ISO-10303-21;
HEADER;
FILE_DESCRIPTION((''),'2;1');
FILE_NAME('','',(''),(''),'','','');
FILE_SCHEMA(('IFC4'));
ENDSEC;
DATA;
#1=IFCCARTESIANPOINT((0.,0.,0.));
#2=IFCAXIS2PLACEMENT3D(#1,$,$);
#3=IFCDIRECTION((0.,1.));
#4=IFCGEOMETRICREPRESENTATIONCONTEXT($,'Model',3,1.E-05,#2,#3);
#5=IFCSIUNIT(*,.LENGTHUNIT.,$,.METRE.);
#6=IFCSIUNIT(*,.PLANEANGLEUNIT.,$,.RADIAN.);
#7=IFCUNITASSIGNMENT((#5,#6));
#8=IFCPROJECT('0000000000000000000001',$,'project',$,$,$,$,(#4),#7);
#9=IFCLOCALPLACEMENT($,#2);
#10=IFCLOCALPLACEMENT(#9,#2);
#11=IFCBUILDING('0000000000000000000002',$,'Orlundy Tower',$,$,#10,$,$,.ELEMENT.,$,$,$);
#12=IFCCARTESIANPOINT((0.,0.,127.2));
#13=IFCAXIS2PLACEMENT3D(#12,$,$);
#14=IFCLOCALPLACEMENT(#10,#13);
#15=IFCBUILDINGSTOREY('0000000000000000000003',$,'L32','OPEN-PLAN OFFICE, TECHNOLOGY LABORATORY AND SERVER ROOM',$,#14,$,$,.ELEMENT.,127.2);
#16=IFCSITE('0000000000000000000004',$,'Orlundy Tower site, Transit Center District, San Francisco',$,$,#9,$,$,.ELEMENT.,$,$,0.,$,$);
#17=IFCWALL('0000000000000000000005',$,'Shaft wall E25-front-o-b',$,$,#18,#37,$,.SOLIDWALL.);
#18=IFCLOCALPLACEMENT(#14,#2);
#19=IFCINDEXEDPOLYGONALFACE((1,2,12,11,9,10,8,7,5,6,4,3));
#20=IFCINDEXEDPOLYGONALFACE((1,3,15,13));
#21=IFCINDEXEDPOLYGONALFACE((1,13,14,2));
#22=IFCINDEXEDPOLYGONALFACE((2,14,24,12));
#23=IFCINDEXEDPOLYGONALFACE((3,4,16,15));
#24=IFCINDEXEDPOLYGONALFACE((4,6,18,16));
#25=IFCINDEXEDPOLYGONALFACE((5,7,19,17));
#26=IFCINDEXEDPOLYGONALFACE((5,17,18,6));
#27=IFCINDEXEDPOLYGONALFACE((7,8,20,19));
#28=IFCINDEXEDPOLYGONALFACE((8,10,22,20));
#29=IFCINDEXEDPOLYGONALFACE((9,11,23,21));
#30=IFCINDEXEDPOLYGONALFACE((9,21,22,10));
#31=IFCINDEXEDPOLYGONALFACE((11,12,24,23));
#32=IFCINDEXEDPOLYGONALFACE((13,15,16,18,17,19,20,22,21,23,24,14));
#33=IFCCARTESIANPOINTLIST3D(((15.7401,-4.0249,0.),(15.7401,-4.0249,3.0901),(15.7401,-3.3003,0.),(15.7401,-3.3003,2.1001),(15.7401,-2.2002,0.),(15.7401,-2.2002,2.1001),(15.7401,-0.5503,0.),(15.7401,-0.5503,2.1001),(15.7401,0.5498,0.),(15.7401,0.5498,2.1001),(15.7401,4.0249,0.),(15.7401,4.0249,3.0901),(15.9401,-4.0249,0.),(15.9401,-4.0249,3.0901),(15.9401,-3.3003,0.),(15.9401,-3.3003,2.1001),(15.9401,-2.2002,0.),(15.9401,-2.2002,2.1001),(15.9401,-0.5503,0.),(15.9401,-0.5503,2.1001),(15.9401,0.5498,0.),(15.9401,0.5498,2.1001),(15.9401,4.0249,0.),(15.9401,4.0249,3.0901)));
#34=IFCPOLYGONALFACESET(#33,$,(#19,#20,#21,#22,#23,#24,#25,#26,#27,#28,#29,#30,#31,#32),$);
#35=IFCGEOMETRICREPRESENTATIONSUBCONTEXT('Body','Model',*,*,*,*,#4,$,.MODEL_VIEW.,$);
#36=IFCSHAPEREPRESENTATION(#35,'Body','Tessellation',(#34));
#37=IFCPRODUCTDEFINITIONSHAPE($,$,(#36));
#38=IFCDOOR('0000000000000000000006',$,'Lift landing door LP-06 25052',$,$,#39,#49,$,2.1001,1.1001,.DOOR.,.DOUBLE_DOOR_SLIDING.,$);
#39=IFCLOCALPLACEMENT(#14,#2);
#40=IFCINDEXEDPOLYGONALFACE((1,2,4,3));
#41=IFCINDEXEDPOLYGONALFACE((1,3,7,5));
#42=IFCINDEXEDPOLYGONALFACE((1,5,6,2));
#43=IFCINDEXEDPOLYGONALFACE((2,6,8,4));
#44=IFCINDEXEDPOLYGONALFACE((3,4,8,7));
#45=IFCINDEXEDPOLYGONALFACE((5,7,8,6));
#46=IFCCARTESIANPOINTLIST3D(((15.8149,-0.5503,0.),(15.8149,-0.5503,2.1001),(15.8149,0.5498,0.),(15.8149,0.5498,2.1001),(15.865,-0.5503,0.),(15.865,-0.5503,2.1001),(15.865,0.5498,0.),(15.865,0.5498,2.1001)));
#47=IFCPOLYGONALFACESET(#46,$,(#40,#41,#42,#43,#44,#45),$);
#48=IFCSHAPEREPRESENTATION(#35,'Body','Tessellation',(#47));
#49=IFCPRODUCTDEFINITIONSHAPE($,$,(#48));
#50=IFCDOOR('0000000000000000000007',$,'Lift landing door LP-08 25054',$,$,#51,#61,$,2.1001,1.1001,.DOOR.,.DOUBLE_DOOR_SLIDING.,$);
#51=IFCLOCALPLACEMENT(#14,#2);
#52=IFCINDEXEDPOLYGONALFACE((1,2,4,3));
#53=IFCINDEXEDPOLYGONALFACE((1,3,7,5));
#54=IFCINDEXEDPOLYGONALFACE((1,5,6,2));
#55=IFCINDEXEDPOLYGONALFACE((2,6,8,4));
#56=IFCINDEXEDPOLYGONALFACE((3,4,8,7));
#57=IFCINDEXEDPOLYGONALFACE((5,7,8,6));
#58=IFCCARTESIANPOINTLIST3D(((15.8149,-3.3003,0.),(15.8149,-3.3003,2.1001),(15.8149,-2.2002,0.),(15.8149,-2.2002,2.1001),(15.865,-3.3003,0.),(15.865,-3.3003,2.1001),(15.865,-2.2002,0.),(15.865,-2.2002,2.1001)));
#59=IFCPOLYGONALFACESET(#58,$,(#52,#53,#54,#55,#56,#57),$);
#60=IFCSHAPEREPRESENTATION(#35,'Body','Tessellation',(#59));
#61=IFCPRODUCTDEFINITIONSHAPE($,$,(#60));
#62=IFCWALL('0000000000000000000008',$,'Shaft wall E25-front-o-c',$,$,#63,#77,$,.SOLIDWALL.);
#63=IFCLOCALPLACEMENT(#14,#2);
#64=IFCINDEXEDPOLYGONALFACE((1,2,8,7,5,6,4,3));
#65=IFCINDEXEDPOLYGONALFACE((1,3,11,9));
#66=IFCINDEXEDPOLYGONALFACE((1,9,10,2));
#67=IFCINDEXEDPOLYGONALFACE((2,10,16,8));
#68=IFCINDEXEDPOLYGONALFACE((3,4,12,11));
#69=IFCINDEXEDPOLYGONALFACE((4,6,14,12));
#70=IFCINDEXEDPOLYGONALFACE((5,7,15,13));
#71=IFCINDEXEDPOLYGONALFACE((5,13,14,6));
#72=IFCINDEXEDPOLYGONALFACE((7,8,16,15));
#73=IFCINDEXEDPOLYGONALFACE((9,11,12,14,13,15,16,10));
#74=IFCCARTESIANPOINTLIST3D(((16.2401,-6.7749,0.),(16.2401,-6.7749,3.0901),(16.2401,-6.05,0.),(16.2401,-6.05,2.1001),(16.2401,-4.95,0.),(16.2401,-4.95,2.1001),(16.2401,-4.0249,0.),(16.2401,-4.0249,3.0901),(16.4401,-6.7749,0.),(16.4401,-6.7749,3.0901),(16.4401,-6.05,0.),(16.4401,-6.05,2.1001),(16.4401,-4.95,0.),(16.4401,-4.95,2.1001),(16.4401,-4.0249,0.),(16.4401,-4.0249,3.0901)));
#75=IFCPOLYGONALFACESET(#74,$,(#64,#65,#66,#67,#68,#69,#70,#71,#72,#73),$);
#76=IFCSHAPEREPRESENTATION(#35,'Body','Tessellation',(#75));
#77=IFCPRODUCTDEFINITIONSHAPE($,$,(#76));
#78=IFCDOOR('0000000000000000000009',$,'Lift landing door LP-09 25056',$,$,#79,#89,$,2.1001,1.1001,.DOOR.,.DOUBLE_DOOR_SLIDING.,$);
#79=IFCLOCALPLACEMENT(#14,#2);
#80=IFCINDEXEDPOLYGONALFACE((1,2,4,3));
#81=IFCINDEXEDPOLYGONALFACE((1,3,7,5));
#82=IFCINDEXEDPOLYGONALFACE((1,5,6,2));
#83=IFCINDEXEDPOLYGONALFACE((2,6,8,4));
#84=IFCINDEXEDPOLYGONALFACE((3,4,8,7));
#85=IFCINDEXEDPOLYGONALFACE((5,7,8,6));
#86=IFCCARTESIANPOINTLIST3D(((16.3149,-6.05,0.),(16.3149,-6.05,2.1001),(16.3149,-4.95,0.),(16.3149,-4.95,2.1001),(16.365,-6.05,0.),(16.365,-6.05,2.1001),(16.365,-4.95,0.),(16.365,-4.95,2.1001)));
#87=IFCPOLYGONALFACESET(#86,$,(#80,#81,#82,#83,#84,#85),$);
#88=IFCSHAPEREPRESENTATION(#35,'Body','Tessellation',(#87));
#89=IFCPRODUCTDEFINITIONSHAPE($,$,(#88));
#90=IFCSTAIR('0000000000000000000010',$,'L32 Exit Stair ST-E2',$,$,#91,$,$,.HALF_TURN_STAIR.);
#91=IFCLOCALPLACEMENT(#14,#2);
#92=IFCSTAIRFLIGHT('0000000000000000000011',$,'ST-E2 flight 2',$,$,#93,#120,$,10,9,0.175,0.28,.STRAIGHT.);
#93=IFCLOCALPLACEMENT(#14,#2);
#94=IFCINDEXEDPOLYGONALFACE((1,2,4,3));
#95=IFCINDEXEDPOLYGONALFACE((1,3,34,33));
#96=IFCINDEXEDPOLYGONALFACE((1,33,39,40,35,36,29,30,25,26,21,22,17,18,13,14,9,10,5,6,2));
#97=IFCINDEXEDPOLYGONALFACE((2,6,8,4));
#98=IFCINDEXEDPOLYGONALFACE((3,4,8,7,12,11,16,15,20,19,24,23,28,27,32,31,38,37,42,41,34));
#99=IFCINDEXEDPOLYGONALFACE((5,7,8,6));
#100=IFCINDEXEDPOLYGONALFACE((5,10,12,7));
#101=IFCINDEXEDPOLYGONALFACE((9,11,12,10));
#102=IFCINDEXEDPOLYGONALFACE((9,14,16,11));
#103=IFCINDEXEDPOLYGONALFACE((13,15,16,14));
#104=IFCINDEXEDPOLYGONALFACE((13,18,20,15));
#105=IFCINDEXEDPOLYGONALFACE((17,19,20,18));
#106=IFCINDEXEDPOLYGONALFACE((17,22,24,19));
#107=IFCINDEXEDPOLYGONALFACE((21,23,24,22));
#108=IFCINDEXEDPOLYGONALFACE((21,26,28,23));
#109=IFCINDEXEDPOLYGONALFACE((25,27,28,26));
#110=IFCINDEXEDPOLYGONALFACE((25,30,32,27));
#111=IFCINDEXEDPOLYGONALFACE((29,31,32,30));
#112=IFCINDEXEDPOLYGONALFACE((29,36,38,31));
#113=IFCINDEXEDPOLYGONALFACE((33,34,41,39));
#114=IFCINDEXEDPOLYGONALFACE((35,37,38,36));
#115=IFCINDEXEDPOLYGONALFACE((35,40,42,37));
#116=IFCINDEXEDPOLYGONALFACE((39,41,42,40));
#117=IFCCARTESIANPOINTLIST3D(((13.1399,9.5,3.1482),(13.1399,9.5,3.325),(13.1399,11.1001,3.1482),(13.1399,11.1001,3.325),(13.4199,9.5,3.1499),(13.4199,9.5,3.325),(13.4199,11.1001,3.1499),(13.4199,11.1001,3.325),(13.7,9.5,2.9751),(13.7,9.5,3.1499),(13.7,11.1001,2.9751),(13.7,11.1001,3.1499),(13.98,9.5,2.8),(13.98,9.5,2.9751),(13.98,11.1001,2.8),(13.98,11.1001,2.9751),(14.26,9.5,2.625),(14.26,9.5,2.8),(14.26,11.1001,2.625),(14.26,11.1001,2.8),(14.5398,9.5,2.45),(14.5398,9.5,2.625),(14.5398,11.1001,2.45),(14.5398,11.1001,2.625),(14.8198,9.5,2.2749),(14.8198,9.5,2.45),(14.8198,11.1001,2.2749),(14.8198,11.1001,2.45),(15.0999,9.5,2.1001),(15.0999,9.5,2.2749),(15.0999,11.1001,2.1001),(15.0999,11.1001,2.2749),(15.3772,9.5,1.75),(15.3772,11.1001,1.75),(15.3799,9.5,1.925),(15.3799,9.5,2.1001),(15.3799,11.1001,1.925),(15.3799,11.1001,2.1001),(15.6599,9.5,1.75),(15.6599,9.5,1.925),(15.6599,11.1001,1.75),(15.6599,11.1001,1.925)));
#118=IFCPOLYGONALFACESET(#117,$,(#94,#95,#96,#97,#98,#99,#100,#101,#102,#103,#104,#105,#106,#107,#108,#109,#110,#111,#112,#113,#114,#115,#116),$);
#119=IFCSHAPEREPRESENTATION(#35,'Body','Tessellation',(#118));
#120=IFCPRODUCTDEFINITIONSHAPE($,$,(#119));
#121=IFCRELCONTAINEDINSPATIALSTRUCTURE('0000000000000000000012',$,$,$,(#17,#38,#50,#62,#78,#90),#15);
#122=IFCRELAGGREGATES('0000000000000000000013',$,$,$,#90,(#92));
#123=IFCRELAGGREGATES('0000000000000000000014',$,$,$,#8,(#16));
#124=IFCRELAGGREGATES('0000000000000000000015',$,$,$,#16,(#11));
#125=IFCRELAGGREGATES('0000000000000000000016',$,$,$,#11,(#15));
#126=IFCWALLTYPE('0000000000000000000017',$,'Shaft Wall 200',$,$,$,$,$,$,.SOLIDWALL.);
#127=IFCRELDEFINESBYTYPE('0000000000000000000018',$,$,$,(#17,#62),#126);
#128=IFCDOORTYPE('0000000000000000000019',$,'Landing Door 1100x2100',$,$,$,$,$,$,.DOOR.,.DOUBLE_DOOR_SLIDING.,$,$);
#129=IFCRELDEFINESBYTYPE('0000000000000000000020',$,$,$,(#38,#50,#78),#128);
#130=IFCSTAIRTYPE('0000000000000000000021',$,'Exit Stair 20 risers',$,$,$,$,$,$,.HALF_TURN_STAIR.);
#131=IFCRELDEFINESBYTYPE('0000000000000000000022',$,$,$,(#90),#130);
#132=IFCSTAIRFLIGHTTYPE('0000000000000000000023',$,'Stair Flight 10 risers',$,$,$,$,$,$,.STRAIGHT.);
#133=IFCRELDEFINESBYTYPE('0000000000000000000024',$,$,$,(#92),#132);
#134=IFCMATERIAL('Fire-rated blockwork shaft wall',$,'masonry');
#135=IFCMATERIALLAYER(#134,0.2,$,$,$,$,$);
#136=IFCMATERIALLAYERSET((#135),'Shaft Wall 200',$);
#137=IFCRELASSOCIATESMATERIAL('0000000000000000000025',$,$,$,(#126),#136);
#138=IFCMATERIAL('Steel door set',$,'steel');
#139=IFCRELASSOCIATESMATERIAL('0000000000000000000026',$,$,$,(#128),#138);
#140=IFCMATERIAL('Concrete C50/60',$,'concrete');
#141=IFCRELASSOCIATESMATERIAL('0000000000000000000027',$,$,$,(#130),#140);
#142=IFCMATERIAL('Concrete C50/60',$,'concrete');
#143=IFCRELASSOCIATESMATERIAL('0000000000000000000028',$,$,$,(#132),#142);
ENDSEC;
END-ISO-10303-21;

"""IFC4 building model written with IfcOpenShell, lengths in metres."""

from ifc_helpers import new_model, si_unit, direction, frame, frame_2d, origin, place, context, subcontext, project, spatial, polyline, rectangle, outline, extrude, material, layer, layer_set, type_object, element, fill, aggregate, save


model = new_model("IFC4")

# Units and contexts
model_context = context("Model", 3, precision=1e-05, world=origin(), true_north=direction((0.0, 1.0)))
body_context = subcontext(model_context, "Body", "Model", "MODEL_VIEW")
ifc_project = project(units=[si_unit("LENGTHUNIT", "METRE"), si_unit("PLANEANGLEUNIT", "RADIAN")], contexts=[model_context])

# Site, building, storey
site_placement = place(None, origin())
site = spatial("IfcSite", under=ifc_project, at=site_placement, Name="Orlundy Tower site, Transit Center District, San Francisco", CompositionType="ELEMENT", RefElevation=0.0)
building_placement = place(site_placement, origin())
building = spatial("IfcBuilding", under=site, at=building_placement, Name="Orlundy Tower", CompositionType="ELEMENT")
storey_placement = place(building_placement, frame((0.0, 0.0, 127.2)))
storey = spatial("IfcBuildingStorey", under=building, at=storey_placement, Name="L32", Description="OPEN-PLAN OFFICE, TECHNOLOGY LABORATORY AND SERVER ROOM", CompositionType="ELEMENT", Elevation=127.2)

# Shared definitions
ifc_material_1 = material(Name="Fire-rated blockwork shaft wall", Category="masonry")
ifc_layer_1 = layer(ifc_material_1, 0.2)
ifc_layer_set_1 = layer_set([ifc_layer_1], Name="Shaft Wall 200")
wall_type_1 = type_object("IfcWallType", Name="Shaft Wall 200", PredefinedType="SOLIDWALL", material=ifc_layer_set_1)

# Shared definitions
ifc_material_2 = material(Name="Steel door set", Category="steel")
door_type_1 = type_object("IfcDoorType", Name="Landing Door 1100x2100", OperationType="DOUBLE_DOOR_SLIDING", PredefinedType="DOOR", material=ifc_material_2)

# Wall, openings, doors
wall_1_placement = place(storey_placement, frame((15.8401, 4.0249, 0.0), z_axis=(0.0, 0.0, 1.0), x_axis=(0.0, -1.0, 0.0)))
wall_1 = element("IfcWall", 1, at=wall_1_placement, inside=storey, type_object=wall_type_1, Name="Shaft wall E25-front-o-b", PredefinedType="SOLIDWALL", context=body_context, shape_type="SweptSolid", body=[
    extrude(rectangle(XDim=8.0498, YDim=0.2, at=frame_2d((4.0249, 0.0))), origin(), (0.0, 0.0, 1.0), 3.0901),
])
opening_1_placement = place(wall_1_placement, frame((3.4751, 0.0, 0.0)))
opening_1 = element("IfcOpeningElement", 2, at=opening_1_placement, cuts=wall_1, PredefinedType="OPENING", context=body_context, shape_type="SweptSolid", body=[
    extrude(rectangle(XDim=1.1001, YDim=2.1001, at=frame_2d((0.55, 1.05))), frame((0.0, 0.1101, 0.0), z_axis=(0.0, -1.0, 0.0), x_axis=(1.0, 0.0, 0.0)), (0.0, 0.0, 1.0), 0.2202),
])
opening_2_placement = place(wall_1_placement, frame((6.2251, 0.0, 0.0)))
opening_2 = element("IfcOpeningElement", 3, at=opening_2_placement, cuts=wall_1, PredefinedType="OPENING", context=body_context, shape_type="SweptSolid", body=[
    extrude(rectangle(XDim=1.1001, YDim=2.1001, at=frame_2d((0.55, 1.05))), frame((0.0, 0.1101, 0.0), z_axis=(0.0, -1.0, 0.0), x_axis=(1.0, 0.0, 0.0)), (0.0, 0.0, 1.0), 0.2202),
])
door_1_placement = place(opening_1_placement, origin())
door_1 = element("IfcDoor", 4, at=door_1_placement, inside=storey, type_object=door_type_1, Name="Lift landing door LP-06 25052", OperationType="DOUBLE_DOOR_SLIDING", OverallHeight=2.1001, OverallWidth=1.1001, PredefinedType="DOOR", context=body_context, shape_type="SweptSolid", body=[
    extrude(rectangle(XDim=1.1001, YDim=2.1001, at=frame_2d((0.55, 1.05))), frame((0.0, 0.0249, 0.0), z_axis=(0.0, -1.0, 0.0), x_axis=(1.0, 0.0, 0.0)), (0.0, 0.0, 1.0), 0.05),
])
fill(opening_1, door_1)
door_2_placement = place(opening_2_placement, origin())
door_2 = element("IfcDoor", 5, at=door_2_placement, inside=storey, type_object=door_type_1, Name="Lift landing door LP-08 25054", OperationType="DOUBLE_DOOR_SLIDING", OverallHeight=2.1001, OverallWidth=1.1001, PredefinedType="DOOR", context=body_context, shape_type="SweptSolid", body=[
    extrude(rectangle(XDim=1.1001, YDim=2.1001, at=frame_2d((0.55, 1.05))), frame((0.0, 0.0249, 0.0), z_axis=(0.0, -1.0, 0.0), x_axis=(1.0, 0.0, 0.0)), (0.0, 0.0, 1.0), 0.05),
])
fill(opening_2, door_2)

# Wall, opening, door
wall_2_placement = place(storey_placement, frame((16.3401, -4.0249, 0.0), z_axis=(0.0, 0.0, 1.0), x_axis=(0.0, -1.0, 0.0)))
wall_2 = element("IfcWall", 6, at=wall_2_placement, inside=storey, type_object=wall_type_1, Name="Shaft wall E25-front-o-c", PredefinedType="SOLIDWALL", context=body_context, shape_type="SweptSolid", body=[
    extrude(rectangle(XDim=2.75, YDim=0.2, at=frame_2d((1.375, 0.0))), origin(), (0.0, 0.0, 1.0), 3.0901),
])
opening_3_placement = place(wall_2_placement, frame((0.925, 0.0, 0.0)))
opening_3 = element("IfcOpeningElement", 7, at=opening_3_placement, cuts=wall_2, PredefinedType="OPENING", context=body_context, shape_type="SweptSolid", body=[
    extrude(rectangle(XDim=1.1001, YDim=2.1001, at=frame_2d((0.55, 1.05))), frame((0.0, 0.1101, 0.0), z_axis=(0.0, -1.0, 0.0), x_axis=(1.0, 0.0, 0.0)), (0.0, 0.0, 1.0), 0.2202),
])
door_3_placement = place(opening_3_placement, origin())
door_3 = element("IfcDoor", 8, at=door_3_placement, inside=storey, type_object=door_type_1, Name="Lift landing door LP-09 25056", OperationType="DOUBLE_DOOR_SLIDING", OverallHeight=2.1001, OverallWidth=1.1001, PredefinedType="DOOR", context=body_context, shape_type="SweptSolid", body=[
    extrude(rectangle(XDim=1.1001, YDim=2.1001, at=frame_2d((0.55, 1.05))), frame((0.0, 0.0249, 0.0), z_axis=(0.0, -1.0, 0.0), x_axis=(1.0, 0.0, 0.0)), (0.0, 0.0, 1.0), 0.05),
])
fill(opening_3, door_3)

# Stair, stair flight
ifc_material_3 = material(Name="Concrete C50/60", Category="concrete")
stair_type = type_object("IfcStairType", Name="Exit Stair 20 risers", PredefinedType="HALF_TURN_STAIR", material=ifc_material_3)
stair_placement = place(storey_placement, origin())
stair = element("IfcStair", 9, at=stair_placement, inside=storey, type_object=stair_type, Name="L32 Exit Stair ST-E2", PredefinedType="HALF_TURN_STAIR")
ifc_material_4 = material(Name="Concrete C50/60", Category="concrete")
stair_flight_type = type_object("IfcStairFlightType", Name="Stair Flight 10 risers", PredefinedType="STRAIGHT", material=ifc_material_4)
stair_flight_placement = place(storey_placement, frame((15.6599, 10.3, 1.75), z_axis=(0.0, 0.0, 1.0), x_axis=(-1.0, 0.0, 0.0)))
stair_flight = element("IfcStairFlight", 10, at=stair_flight_placement, type_object=stair_flight_type, Name="ST-E2 flight 2", NumberOfRisers=10, NumberOfTreads=9, PredefinedType="STRAIGHT", RiserHeight=0.175, TreadLength=0.28, context=body_context, shape_type="SweptSolid", body=[
    extrude(outline(polyline([(0.0, 0.0), (0.0, 0.175), (0.28, 0.175), (0.28, 0.3501), (0.5601, 0.3501), (0.5601, 0.5249), (0.8401, 0.5249), (0.8401, 0.7), (1.1201, 0.7), (1.1201, 0.875), (1.3999, 0.875), (1.3999, 1.05), (1.6799, 1.05), (1.6799, 1.2251), (1.96, 1.2251), (1.96, 1.3999), (2.24, 1.3999), (2.24, 1.575), (2.52, 1.575), (2.52, 1.75), (2.52, 1.3982), (0.2827, 0.0), (0.0, 0.0)])), frame((0.0, 0.8, 0.0), z_axis=(0.0, -1.0, 0.0), x_axis=(1.0, 0.0, 0.0)), (0.0, 0.0, 1.0), 1.6001),
])
aggregate(stair, [stair_flight])

save(model, "model.ifc")
